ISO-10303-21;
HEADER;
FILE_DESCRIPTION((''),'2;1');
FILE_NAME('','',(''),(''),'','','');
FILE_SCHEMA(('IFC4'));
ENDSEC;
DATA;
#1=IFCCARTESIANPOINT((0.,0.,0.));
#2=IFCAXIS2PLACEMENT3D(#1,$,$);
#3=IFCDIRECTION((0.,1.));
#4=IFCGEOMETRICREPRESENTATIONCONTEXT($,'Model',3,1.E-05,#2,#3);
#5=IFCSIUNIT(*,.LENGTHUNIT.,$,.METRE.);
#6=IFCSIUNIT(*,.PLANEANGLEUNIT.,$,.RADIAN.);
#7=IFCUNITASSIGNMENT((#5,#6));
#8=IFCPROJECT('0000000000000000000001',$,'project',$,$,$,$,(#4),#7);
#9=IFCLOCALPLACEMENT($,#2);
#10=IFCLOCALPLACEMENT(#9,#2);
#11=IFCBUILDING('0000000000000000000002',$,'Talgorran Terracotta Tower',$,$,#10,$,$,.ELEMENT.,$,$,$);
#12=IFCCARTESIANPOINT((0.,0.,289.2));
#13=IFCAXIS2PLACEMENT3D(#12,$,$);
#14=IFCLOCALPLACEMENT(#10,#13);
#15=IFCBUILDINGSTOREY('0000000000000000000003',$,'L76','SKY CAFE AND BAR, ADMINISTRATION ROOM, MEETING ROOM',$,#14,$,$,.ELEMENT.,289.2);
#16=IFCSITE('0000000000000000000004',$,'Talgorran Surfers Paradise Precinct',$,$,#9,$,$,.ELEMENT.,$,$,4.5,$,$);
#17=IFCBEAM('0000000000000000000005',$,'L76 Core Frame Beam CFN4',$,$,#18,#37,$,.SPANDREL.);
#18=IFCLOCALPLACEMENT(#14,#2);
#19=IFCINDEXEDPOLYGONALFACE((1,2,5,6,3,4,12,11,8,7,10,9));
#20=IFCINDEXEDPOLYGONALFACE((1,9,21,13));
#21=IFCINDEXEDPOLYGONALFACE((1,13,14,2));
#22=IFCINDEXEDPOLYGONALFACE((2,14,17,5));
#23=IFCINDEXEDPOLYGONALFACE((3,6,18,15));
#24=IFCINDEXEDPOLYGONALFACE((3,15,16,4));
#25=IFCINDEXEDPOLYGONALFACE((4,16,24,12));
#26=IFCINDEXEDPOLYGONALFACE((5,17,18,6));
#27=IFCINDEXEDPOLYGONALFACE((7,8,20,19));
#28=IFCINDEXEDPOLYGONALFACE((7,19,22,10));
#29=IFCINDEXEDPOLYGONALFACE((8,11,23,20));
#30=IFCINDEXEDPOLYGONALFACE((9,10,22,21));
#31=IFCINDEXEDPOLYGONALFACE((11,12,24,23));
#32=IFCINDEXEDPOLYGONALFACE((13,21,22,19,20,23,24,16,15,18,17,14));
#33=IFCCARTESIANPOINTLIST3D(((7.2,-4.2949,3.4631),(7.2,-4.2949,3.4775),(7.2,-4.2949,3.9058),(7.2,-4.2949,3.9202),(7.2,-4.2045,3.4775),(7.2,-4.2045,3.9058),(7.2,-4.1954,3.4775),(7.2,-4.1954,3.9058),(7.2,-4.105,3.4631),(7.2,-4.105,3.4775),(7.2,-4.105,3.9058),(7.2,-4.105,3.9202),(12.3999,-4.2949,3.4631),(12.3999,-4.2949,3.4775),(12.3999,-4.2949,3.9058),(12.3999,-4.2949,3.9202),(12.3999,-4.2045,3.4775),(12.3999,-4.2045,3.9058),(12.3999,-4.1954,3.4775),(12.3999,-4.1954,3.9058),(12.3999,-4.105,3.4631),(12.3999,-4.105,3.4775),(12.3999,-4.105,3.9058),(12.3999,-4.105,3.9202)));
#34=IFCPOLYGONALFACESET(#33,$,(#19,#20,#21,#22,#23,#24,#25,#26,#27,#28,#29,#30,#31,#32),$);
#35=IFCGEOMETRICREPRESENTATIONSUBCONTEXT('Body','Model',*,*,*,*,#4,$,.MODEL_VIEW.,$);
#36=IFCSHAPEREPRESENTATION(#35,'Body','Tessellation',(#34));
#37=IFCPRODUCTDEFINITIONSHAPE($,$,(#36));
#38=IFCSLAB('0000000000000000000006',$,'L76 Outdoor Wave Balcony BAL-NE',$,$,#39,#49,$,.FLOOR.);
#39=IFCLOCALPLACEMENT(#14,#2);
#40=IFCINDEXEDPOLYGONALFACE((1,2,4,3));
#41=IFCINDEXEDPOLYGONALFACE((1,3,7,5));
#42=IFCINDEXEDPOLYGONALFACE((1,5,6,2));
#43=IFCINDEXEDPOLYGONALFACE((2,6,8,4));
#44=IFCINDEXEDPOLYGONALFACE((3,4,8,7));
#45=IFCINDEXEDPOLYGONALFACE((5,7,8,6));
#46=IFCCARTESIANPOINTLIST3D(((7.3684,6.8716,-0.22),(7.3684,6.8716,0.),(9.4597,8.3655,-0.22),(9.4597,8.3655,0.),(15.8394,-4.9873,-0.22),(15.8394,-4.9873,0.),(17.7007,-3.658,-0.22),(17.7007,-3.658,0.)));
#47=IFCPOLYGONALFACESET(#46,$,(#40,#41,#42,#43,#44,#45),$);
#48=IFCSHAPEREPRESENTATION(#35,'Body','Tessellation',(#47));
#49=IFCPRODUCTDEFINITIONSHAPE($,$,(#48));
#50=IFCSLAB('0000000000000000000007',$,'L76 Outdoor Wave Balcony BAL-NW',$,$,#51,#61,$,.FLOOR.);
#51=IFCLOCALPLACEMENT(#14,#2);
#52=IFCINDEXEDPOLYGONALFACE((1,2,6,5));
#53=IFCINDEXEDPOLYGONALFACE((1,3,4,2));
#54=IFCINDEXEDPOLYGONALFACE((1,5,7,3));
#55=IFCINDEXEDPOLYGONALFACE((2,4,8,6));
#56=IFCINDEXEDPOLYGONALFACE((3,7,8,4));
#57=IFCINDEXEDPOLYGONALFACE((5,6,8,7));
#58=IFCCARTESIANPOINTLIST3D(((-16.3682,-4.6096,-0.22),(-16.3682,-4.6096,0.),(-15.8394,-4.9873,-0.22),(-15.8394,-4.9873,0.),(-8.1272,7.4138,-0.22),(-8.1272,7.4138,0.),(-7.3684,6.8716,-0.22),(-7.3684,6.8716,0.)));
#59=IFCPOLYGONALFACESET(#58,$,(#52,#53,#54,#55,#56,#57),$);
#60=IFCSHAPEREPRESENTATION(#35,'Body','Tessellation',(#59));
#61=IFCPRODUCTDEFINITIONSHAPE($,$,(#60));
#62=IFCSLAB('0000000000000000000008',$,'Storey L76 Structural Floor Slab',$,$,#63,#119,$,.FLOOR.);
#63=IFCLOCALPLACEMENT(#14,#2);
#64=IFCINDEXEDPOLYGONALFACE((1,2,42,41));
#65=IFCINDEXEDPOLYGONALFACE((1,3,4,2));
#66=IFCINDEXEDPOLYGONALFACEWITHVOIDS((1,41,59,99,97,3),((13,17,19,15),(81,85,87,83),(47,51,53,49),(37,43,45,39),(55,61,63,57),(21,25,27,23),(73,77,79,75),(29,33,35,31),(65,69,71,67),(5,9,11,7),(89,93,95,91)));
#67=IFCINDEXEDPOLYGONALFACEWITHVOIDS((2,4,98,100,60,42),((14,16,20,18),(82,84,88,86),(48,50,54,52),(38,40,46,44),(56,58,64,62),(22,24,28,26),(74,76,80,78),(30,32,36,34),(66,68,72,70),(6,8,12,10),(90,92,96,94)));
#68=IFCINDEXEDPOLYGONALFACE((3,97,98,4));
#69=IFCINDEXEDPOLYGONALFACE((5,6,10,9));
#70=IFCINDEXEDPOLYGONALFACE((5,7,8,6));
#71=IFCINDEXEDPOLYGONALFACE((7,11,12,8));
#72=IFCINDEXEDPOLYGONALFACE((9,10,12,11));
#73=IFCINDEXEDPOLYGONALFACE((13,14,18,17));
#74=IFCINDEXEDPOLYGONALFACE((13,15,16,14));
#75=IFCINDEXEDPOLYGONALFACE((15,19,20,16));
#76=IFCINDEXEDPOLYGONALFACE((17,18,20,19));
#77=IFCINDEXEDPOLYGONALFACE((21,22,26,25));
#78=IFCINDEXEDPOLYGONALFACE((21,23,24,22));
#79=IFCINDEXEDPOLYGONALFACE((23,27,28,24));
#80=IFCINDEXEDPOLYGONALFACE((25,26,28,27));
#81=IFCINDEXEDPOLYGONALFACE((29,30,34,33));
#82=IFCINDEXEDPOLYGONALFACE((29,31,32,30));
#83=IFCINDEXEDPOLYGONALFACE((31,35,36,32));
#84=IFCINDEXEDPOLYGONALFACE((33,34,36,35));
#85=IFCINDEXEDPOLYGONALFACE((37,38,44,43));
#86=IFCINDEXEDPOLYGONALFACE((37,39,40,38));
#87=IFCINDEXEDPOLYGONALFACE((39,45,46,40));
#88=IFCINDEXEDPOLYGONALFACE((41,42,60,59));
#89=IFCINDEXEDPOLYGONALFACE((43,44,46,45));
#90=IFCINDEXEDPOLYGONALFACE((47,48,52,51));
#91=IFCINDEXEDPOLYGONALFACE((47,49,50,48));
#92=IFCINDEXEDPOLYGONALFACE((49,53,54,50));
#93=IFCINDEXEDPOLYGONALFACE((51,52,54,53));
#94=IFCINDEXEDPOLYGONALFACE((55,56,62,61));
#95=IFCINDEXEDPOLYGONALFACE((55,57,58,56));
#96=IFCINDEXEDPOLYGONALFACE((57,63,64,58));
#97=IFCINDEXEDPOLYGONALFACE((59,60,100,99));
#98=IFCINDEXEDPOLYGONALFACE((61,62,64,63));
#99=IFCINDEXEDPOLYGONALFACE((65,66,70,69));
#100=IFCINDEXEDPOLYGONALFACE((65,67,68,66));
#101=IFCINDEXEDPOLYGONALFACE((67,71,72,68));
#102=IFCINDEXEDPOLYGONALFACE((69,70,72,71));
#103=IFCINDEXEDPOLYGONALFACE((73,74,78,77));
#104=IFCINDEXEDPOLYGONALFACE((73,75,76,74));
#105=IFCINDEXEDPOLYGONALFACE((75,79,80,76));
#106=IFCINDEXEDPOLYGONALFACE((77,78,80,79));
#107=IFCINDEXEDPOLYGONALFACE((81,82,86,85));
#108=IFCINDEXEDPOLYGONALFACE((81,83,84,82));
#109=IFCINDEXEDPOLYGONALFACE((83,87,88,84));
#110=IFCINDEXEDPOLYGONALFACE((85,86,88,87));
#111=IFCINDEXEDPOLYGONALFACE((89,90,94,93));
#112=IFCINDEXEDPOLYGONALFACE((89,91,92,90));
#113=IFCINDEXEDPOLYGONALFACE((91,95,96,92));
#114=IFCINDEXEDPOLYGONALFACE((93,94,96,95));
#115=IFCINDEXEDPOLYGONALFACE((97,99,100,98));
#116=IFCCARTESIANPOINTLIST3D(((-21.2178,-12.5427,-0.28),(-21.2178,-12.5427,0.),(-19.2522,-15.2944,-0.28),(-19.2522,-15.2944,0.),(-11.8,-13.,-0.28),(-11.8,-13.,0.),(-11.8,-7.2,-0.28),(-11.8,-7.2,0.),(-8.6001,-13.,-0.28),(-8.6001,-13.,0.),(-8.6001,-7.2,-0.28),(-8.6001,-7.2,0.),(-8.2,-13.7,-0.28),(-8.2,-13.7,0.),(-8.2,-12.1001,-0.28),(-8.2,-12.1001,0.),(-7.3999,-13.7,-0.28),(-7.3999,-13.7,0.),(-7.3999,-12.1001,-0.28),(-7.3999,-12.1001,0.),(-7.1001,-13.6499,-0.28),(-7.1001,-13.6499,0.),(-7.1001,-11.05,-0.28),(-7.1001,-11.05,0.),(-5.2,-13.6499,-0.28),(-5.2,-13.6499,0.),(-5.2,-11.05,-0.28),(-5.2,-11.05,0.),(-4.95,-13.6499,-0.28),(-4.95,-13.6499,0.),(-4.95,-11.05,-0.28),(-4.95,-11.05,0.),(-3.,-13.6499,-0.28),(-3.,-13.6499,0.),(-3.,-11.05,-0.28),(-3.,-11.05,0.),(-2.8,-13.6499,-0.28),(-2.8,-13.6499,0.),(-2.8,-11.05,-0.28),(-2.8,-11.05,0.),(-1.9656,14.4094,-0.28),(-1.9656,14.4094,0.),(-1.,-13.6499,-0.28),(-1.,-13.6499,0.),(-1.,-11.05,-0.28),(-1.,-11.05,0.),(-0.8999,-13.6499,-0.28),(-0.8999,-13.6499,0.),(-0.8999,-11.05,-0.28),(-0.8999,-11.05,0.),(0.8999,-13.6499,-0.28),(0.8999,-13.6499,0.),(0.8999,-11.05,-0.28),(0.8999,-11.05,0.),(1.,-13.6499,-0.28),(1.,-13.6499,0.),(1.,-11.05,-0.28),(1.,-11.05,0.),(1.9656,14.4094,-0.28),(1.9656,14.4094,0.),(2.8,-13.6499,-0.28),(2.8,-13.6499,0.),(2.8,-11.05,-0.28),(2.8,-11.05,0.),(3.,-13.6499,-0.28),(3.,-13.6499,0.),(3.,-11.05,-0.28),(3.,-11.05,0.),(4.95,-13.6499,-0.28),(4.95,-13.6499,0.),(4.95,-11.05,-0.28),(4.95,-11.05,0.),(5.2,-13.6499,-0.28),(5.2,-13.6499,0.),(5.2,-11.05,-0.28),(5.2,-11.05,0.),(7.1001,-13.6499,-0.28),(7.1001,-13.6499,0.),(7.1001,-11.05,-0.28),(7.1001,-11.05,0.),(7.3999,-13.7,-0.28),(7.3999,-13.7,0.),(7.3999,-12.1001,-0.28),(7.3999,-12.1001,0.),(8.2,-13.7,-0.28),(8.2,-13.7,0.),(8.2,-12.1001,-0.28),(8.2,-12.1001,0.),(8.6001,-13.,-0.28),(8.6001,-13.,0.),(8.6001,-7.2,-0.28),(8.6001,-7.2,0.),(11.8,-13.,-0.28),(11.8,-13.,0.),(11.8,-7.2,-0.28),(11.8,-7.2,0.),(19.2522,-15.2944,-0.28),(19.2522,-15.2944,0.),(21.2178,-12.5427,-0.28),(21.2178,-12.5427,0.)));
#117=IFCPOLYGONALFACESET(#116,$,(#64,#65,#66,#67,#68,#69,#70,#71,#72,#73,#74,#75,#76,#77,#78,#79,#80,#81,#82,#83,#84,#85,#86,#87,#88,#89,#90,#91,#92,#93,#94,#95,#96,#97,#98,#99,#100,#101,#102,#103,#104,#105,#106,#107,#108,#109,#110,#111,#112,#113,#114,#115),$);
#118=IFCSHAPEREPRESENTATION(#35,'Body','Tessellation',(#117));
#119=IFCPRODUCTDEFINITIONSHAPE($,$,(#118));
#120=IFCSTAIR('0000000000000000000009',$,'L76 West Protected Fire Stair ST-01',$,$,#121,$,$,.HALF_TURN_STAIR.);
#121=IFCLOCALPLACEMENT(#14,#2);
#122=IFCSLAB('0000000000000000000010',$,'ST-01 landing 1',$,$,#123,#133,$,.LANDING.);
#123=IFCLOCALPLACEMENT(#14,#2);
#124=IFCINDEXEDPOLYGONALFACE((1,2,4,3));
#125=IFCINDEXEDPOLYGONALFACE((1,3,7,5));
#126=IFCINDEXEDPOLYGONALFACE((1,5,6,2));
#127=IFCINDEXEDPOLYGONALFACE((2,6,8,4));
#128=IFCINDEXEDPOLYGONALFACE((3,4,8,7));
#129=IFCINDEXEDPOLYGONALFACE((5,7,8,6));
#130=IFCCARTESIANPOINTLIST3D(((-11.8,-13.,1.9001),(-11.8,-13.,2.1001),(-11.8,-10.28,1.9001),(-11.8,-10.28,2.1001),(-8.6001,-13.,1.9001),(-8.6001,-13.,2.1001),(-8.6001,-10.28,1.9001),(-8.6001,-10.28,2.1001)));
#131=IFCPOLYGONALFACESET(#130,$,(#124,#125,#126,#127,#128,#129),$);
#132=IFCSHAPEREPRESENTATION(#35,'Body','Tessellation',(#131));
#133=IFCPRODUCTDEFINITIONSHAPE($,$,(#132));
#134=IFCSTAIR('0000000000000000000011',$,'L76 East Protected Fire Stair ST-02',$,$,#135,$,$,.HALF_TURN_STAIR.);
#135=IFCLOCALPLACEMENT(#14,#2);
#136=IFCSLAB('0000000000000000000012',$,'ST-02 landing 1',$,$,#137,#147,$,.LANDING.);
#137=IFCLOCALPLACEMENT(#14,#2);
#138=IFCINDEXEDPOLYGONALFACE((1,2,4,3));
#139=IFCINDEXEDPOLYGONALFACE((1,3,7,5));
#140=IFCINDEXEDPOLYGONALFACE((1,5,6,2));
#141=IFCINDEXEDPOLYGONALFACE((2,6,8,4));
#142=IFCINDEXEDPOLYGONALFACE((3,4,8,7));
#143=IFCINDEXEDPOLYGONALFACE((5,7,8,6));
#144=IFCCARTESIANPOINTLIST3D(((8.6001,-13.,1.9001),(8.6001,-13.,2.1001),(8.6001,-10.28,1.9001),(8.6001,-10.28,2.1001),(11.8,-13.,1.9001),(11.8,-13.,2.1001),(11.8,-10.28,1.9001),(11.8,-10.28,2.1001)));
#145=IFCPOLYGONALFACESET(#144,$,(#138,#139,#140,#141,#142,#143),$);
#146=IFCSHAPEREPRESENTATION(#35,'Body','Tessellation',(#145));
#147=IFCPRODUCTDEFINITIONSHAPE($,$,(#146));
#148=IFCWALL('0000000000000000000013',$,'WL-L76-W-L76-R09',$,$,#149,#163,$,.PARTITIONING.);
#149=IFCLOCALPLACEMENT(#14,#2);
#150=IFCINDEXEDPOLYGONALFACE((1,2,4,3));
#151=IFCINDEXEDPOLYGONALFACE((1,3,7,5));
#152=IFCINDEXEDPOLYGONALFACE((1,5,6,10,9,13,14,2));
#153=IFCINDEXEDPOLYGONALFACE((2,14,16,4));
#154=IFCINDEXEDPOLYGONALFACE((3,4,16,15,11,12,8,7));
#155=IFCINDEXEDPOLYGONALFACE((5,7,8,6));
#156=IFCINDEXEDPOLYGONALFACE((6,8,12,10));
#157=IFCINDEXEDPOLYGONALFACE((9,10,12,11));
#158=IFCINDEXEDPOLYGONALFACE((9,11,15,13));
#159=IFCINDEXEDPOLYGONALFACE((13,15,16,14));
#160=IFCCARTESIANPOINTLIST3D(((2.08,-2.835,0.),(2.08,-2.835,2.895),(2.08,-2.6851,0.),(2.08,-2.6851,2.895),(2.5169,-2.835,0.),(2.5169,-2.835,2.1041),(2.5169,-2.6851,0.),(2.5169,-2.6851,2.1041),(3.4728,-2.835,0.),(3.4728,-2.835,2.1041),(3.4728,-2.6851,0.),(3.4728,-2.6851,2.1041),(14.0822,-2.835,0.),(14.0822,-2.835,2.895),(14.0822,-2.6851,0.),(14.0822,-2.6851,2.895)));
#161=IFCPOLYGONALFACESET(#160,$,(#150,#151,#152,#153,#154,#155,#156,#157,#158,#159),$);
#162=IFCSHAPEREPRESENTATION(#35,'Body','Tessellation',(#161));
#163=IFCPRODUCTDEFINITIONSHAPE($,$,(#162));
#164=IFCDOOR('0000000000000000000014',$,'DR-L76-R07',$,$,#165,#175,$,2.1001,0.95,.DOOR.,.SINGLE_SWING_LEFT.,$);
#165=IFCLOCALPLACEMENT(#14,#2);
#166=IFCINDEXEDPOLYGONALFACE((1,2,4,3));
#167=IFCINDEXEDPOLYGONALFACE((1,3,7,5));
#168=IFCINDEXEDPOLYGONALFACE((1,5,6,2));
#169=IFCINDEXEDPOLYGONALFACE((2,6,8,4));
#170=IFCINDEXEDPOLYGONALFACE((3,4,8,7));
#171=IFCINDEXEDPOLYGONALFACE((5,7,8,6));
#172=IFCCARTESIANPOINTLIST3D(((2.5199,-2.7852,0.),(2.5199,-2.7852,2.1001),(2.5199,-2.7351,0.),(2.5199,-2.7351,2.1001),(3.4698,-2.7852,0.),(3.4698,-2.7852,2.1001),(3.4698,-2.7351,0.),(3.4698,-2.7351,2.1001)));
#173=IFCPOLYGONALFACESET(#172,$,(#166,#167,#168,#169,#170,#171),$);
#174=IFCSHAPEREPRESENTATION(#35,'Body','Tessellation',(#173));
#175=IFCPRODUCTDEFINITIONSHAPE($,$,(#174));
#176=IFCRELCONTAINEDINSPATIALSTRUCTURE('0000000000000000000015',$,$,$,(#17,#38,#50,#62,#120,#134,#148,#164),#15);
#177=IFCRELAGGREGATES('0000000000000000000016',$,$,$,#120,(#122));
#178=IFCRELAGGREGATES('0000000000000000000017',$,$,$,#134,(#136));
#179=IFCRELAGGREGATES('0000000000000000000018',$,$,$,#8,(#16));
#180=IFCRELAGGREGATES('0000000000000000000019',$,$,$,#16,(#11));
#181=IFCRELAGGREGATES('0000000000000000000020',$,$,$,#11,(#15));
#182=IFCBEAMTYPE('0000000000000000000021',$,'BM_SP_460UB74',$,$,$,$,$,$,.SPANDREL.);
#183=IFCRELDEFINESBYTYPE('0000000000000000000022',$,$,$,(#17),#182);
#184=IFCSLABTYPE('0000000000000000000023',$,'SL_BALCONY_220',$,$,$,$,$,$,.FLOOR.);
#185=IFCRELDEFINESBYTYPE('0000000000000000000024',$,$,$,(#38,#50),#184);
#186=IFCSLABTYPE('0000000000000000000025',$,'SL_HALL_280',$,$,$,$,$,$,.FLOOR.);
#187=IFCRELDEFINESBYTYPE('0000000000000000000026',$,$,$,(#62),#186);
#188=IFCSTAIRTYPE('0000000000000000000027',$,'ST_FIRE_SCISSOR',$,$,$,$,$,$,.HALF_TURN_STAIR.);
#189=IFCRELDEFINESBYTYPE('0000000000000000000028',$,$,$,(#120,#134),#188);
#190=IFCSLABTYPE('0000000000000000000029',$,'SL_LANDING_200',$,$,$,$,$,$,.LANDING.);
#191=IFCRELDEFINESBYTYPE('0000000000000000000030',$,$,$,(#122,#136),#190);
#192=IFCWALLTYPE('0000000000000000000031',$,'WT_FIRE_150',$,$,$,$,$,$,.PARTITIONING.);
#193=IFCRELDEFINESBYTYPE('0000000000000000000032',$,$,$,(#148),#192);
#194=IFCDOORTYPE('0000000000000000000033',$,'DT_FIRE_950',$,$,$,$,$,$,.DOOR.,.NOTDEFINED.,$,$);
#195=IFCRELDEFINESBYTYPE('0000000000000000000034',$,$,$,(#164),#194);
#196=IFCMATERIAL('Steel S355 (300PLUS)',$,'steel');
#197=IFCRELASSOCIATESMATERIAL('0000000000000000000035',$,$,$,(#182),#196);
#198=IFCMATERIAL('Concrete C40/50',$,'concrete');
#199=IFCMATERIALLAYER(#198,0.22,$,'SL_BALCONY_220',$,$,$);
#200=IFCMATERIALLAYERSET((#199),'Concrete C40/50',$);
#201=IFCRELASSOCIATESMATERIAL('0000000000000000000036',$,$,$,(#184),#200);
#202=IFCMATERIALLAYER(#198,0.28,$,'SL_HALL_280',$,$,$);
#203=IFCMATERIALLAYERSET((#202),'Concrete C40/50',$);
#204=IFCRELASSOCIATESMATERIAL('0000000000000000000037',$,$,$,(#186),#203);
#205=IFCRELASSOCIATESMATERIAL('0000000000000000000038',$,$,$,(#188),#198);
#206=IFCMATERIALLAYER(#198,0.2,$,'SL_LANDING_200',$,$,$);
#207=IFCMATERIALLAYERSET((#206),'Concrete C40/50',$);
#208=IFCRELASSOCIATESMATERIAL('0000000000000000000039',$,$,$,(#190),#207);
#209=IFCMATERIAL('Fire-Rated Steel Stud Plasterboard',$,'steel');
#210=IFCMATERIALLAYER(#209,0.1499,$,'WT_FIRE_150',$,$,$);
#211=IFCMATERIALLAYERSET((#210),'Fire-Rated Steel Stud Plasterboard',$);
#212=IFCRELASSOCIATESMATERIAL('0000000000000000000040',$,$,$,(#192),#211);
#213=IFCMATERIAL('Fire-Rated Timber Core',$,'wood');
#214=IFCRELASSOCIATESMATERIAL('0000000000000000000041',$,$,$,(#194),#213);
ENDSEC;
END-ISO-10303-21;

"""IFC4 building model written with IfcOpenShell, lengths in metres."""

from ifc_helpers import new_model, si_unit, direction, frame, frame_2d, origin, origin_2d, place, context, subcontext, project, spatial, polyline, rectangle, i_section, outline, extrude, material, layer, layer_set, material_profile, profile_set, type_object, element, fill, aggregate, save


model = new_model("IFC4")

# Units and contexts
model_context = context("Model", 3, precision=1e-05, world=origin(), true_north=direction((0.0, 1.0)))
body_context = subcontext(model_context, "Body", "Model", "MODEL_VIEW")
ifc_project = project(units=[si_unit("LENGTHUNIT", "METRE"), si_unit("PLANEANGLEUNIT", "RADIAN")], contexts=[model_context])

# Site, building, storey
site_placement = place(None, origin())
site = spatial("IfcSite", under=ifc_project, at=site_placement, Name="Talgorran Surfers Paradise Precinct", CompositionType="ELEMENT", RefElevation=4.5)
building_placement = place(site_placement, origin())
building = spatial("IfcBuilding", under=site, at=building_placement, Name="Talgorran Terracotta Tower", CompositionType="ELEMENT")
storey_placement = place(building_placement, frame((0.0, 0.0, 289.2)))
storey = spatial("IfcBuildingStorey", under=building, at=storey_placement, Name="L76", Description="SKY CAFE AND BAR, ADMINISTRATION ROOM, MEETING ROOM", CompositionType="ELEMENT", Elevation=289.2)

# Shared definitions
ifc_material_1 = material(Name="Steel S355 (300PLUS)", Category="steel")

# Beam
ifc_material_profile_1 = material_profile(ifc_material_1, i_section(OverallWidth=0.1899, OverallDepth=0.457, WebThickness=0.009, FlangeThickness=0.0144, at=origin_2d()), Name="460UB74.6")
ifc_profile_set_1 = profile_set([ifc_material_profile_1], Name="Steel S355 (300PLUS)")
beam_type_1 = type_object("IfcBeamType", Name="BM_SP_460UB74", PredefinedType="SPANDREL", material=ifc_profile_set_1)
beam_1_placement = place(storey_placement, frame((7.2, -4.2, 3.6917), z_axis=(1.0, 0.0, 0.0), x_axis=(0.0, 1.0, 0.0)))
element("IfcBeam", 1, at=beam_1_placement, inside=storey, type_object=beam_type_1, Name="L76 Core Frame Beam CFN4", PredefinedType="SPANDREL", context=body_context, shape_type="SweptSolid", body=[
    extrude(i_section(OverallWidth=0.1899, OverallDepth=0.457, WebThickness=0.009, FlangeThickness=0.0144, at=origin_2d()), origin(), (0.0, 0.0, 1.0), 5.2),
])

# Slabs
ifc_material_2 = material(Name="Concrete C40/50", Category="concrete")
ifc_layer_1 = layer(ifc_material_2, 0.22, Name="SL_BALCONY_220")
ifc_layer_set_1 = layer_set([ifc_layer_1], Name="Concrete C40/50")
slab_type_1 = type_object("IfcSlabType", Name="SL_BALCONY_220", PredefinedType="FLOOR", material=ifc_layer_set_1)
slab_1_placement = place(storey_placement, frame((0.0, 0.0, -0.22)))
element("IfcSlab", 2, at=slab_1_placement, inside=storey, type_object=slab_type_1, Name="L76 Outdoor Wave Balcony BAL-NE", PredefinedType="FLOOR", context=body_context, shape_type="SweptSolid", body=[
    extrude(outline(polyline([(7.3684, 6.8716), (15.8394, -4.9873), (17.7007, -3.658), (9.4597, 8.3655), (7.3684, 6.8716)])), origin(), (0.0, 0.0, 1.0), 0.22),
])
slab_2_placement = place(storey_placement, frame((0.0, 0.0, -0.22)))
element("IfcSlab", 3, at=slab_2_placement, inside=storey, type_object=slab_type_1, Name="L76 Outdoor Wave Balcony BAL-NW", PredefinedType="FLOOR", context=body_context, shape_type="SweptSolid", body=[
    extrude(outline(polyline([(-15.8394, -4.9873), (-7.3684, 6.8716), (-8.1272, 7.4138), (-16.3682, -4.6096), (-15.8394, -4.9873)])), origin(), (0.0, 0.0, 1.0), 0.22),
])
ifc_layer_2 = layer(ifc_material_2, 0.28, Name="SL_HALL_280")
ifc_layer_set_2 = layer_set([ifc_layer_2], Name="Concrete C40/50")
slab_type_2 = type_object("IfcSlabType", Name="SL_HALL_280", PredefinedType="FLOOR", material=ifc_layer_set_2)
slab_3_placement = place(storey_placement, frame((0.0, 0.0, -0.28)))
element("IfcSlab", 4, at=slab_3_placement, inside=storey, type_object=slab_type_2, Name="Storey L76 Structural Floor Slab", PredefinedType="FLOOR", context=body_context, shape_type="SweptSolid", body=[
    extrude(outline(polyline([(-21.2178, -12.5427), (-19.2522, -15.2944), (19.2522, -15.2944), (21.2178, -12.5427), (1.9656, 14.4094), (-1.9656, 14.4094), (-21.2178, -12.5427)]), holes=[polyline([(-11.8, -7.2), (-11.8, -13.0), (-8.6001, -13.0), (-8.6001, -7.2), (-11.8, -7.2)]), polyline([(8.6001, -7.2), (8.6001, -13.0), (11.8, -13.0), (11.8, -7.2), (8.6001, -7.2)]), polyline([(-7.1001, -13.6499), (-5.2, -13.6499), (-5.2, -11.05), (-7.1001, -11.05), (-7.1001, -13.6499)]), polyline([(5.2, -13.6499), (7.1001, -13.6499), (7.1001, -11.05), (5.2, -11.05), (5.2, -13.6499)]), polyline([(3.0, -13.6499), (4.95, -13.6499), (4.95, -11.05), (3.0, -11.05), (3.0, -13.6499)]), polyline([(-4.95, -13.6499), (-3.0, -13.6499), (-3.0, -11.05), (-4.95, -11.05), (-4.95, -13.6499)]), polyline([(-2.8, -13.6499), (-1.0, -13.6499), (-1.0, -11.05), (-2.8, -11.05), (-2.8, -13.6499)]), polyline([(-0.8999, -13.6499), (0.8999, -13.6499), (0.8999, -11.05), (-0.8999, -11.05), (-0.8999, -13.6499)]), polyline([(1.0, -13.6499), (2.8, -13.6499), (2.8, -11.05), (1.0, -11.05), (1.0, -13.6499)]), polyline([(-8.2, -13.7), (-7.3999, -13.7), (-7.3999, -12.1001), (-8.2, -12.1001), (-8.2, -13.7)]), polyline([(7.3999, -13.7), (8.2, -13.7), (8.2, -12.1001), (7.3999, -12.1001), (7.3999, -13.7)])]), origin(), (0.0, 0.0, 1.0), 0.28),
])

# Stairs, slabs
stair_type = type_object("IfcStairType", Name="ST_FIRE_SCISSOR", PredefinedType="HALF_TURN_STAIR", material=ifc_material_2)
stair_1_placement = place(storey_placement, origin())
stair_1 = element("IfcStair", 5, at=stair_1_placement, inside=storey, type_object=stair_type, Name="L76 West Protected Fire Stair ST-01", PredefinedType="HALF_TURN_STAIR")
ifc_layer_3 = layer(ifc_material_2, 0.2, Name="SL_LANDING_200")
ifc_layer_set_3 = layer_set([ifc_layer_3], Name="Concrete C40/50")
slab_type_3 = type_object("IfcSlabType", Name="SL_LANDING_200", PredefinedType="LANDING", material=ifc_layer_set_3)
slab_4_placement = place(storey_placement, frame((0.0, 0.0, 1.9001)))
slab_4 = element("IfcSlab", 6, at=slab_4_placement, type_object=slab_type_3, Name="ST-01 landing 1", PredefinedType="LANDING", context=body_context, shape_type="SweptSolid", body=[
    extrude(outline(polyline([(-11.8, -10.28), (-11.8, -13.0), (-8.6001, -13.0), (-8.6001, -10.28), (-11.8, -10.28)])), origin(), (0.0, 0.0, 1.0), 0.2),
])
aggregate(stair_1, [slab_4])
stair_2_placement = place(storey_placement, origin())
stair_2 = element("IfcStair", 7, at=stair_2_placement, inside=storey, type_object=stair_type, Name="L76 East Protected Fire Stair ST-02", PredefinedType="HALF_TURN_STAIR")
slab_5_placement = place(storey_placement, frame((0.0, 0.0, 1.9001)))
slab_5 = element("IfcSlab", 8, at=slab_5_placement, type_object=slab_type_3, Name="ST-02 landing 1", PredefinedType="LANDING", context=body_context, shape_type="SweptSolid", body=[
    extrude(outline(polyline([(8.6001, -10.28), (8.6001, -13.0), (11.8, -13.0), (11.8, -10.28), (8.6001, -10.28)])), origin(), (0.0, 0.0, 1.0), 0.2),
])
aggregate(stair_2, [slab_5])

# Wall, opening, door
ifc_material_3 = material(Name="Fire-Rated Steel Stud Plasterboard", Category="steel")
ifc_layer_4 = layer(ifc_material_3, 0.1499, Name="WT_FIRE_150")
ifc_layer_set_4 = layer_set([ifc_layer_4], Name="Fire-Rated Steel Stud Plasterboard")
wall_type_1 = type_object("IfcWallType", Name="WT_FIRE_150", PredefinedType="PARTITIONING", material=ifc_layer_set_4)
wall_1_placement = place(storey_placement, frame((2.0801, -2.76, 0.0), z_axis=(0.0, 0.0, 1.0), x_axis=(1.0, 0.0, 0.0)))
wall_1 = element("IfcWall", 9, at=wall_1_placement, inside=storey, type_object=wall_type_1, Name="WL-L76-W-L76-R09", PredefinedType="PARTITIONING", context=body_context, shape_type="SweptSolid", body=[
    extrude(rectangle(XDim=12.0022, YDim=0.1499, at=frame_2d((6.001, 0.0))), origin(), (0.0, 0.0, 1.0), 2.895),
])
opening_placement = place(wall_1_placement, frame((0.4397, 0.0, 0.0)))
opening = element("IfcOpeningElement", 10, at=opening_placement, cuts=wall_1, PredefinedType="OPENING", context=body_context, shape_type="SweptSolid", body=[
    extrude(rectangle(XDim=0.956, YDim=2.1041, at=frame_2d((0.4751, 1.052))), frame((0.0, 0.085, 0.0), z_axis=(0.0, -1.0, 0.0), x_axis=(1.0, 0.0, 0.0)), (0.0, 0.0, 1.0), 0.1699),
])
ifc_material_4 = material(Name="Fire-Rated Timber Core", Category="wood")
door_type = type_object("IfcDoorType", Name="DT_FIRE_950", OperationType="NOTDEFINED", PredefinedType="DOOR", material=ifc_material_4)
door_placement = place(opening_placement, origin())
door = element("IfcDoor", 11, at=door_placement, inside=storey, type_object=door_type, Name="DR-L76-R07", OperationType="SINGLE_SWING_LEFT", OverallHeight=2.1001, OverallWidth=0.95, PredefinedType="DOOR", context=body_context, shape_type="SweptSolid", body=[
    extrude(rectangle(XDim=0.95, YDim=2.1001, at=frame_2d((0.4751, 1.05))), frame((0.0, 0.0249, 0.0), z_axis=(0.0, -1.0, 0.0), x_axis=(1.0, 0.0, 0.0)), (0.0, 0.0, 1.0), 0.05),
])
fill(opening, door)

save(model, "model.ifc")
